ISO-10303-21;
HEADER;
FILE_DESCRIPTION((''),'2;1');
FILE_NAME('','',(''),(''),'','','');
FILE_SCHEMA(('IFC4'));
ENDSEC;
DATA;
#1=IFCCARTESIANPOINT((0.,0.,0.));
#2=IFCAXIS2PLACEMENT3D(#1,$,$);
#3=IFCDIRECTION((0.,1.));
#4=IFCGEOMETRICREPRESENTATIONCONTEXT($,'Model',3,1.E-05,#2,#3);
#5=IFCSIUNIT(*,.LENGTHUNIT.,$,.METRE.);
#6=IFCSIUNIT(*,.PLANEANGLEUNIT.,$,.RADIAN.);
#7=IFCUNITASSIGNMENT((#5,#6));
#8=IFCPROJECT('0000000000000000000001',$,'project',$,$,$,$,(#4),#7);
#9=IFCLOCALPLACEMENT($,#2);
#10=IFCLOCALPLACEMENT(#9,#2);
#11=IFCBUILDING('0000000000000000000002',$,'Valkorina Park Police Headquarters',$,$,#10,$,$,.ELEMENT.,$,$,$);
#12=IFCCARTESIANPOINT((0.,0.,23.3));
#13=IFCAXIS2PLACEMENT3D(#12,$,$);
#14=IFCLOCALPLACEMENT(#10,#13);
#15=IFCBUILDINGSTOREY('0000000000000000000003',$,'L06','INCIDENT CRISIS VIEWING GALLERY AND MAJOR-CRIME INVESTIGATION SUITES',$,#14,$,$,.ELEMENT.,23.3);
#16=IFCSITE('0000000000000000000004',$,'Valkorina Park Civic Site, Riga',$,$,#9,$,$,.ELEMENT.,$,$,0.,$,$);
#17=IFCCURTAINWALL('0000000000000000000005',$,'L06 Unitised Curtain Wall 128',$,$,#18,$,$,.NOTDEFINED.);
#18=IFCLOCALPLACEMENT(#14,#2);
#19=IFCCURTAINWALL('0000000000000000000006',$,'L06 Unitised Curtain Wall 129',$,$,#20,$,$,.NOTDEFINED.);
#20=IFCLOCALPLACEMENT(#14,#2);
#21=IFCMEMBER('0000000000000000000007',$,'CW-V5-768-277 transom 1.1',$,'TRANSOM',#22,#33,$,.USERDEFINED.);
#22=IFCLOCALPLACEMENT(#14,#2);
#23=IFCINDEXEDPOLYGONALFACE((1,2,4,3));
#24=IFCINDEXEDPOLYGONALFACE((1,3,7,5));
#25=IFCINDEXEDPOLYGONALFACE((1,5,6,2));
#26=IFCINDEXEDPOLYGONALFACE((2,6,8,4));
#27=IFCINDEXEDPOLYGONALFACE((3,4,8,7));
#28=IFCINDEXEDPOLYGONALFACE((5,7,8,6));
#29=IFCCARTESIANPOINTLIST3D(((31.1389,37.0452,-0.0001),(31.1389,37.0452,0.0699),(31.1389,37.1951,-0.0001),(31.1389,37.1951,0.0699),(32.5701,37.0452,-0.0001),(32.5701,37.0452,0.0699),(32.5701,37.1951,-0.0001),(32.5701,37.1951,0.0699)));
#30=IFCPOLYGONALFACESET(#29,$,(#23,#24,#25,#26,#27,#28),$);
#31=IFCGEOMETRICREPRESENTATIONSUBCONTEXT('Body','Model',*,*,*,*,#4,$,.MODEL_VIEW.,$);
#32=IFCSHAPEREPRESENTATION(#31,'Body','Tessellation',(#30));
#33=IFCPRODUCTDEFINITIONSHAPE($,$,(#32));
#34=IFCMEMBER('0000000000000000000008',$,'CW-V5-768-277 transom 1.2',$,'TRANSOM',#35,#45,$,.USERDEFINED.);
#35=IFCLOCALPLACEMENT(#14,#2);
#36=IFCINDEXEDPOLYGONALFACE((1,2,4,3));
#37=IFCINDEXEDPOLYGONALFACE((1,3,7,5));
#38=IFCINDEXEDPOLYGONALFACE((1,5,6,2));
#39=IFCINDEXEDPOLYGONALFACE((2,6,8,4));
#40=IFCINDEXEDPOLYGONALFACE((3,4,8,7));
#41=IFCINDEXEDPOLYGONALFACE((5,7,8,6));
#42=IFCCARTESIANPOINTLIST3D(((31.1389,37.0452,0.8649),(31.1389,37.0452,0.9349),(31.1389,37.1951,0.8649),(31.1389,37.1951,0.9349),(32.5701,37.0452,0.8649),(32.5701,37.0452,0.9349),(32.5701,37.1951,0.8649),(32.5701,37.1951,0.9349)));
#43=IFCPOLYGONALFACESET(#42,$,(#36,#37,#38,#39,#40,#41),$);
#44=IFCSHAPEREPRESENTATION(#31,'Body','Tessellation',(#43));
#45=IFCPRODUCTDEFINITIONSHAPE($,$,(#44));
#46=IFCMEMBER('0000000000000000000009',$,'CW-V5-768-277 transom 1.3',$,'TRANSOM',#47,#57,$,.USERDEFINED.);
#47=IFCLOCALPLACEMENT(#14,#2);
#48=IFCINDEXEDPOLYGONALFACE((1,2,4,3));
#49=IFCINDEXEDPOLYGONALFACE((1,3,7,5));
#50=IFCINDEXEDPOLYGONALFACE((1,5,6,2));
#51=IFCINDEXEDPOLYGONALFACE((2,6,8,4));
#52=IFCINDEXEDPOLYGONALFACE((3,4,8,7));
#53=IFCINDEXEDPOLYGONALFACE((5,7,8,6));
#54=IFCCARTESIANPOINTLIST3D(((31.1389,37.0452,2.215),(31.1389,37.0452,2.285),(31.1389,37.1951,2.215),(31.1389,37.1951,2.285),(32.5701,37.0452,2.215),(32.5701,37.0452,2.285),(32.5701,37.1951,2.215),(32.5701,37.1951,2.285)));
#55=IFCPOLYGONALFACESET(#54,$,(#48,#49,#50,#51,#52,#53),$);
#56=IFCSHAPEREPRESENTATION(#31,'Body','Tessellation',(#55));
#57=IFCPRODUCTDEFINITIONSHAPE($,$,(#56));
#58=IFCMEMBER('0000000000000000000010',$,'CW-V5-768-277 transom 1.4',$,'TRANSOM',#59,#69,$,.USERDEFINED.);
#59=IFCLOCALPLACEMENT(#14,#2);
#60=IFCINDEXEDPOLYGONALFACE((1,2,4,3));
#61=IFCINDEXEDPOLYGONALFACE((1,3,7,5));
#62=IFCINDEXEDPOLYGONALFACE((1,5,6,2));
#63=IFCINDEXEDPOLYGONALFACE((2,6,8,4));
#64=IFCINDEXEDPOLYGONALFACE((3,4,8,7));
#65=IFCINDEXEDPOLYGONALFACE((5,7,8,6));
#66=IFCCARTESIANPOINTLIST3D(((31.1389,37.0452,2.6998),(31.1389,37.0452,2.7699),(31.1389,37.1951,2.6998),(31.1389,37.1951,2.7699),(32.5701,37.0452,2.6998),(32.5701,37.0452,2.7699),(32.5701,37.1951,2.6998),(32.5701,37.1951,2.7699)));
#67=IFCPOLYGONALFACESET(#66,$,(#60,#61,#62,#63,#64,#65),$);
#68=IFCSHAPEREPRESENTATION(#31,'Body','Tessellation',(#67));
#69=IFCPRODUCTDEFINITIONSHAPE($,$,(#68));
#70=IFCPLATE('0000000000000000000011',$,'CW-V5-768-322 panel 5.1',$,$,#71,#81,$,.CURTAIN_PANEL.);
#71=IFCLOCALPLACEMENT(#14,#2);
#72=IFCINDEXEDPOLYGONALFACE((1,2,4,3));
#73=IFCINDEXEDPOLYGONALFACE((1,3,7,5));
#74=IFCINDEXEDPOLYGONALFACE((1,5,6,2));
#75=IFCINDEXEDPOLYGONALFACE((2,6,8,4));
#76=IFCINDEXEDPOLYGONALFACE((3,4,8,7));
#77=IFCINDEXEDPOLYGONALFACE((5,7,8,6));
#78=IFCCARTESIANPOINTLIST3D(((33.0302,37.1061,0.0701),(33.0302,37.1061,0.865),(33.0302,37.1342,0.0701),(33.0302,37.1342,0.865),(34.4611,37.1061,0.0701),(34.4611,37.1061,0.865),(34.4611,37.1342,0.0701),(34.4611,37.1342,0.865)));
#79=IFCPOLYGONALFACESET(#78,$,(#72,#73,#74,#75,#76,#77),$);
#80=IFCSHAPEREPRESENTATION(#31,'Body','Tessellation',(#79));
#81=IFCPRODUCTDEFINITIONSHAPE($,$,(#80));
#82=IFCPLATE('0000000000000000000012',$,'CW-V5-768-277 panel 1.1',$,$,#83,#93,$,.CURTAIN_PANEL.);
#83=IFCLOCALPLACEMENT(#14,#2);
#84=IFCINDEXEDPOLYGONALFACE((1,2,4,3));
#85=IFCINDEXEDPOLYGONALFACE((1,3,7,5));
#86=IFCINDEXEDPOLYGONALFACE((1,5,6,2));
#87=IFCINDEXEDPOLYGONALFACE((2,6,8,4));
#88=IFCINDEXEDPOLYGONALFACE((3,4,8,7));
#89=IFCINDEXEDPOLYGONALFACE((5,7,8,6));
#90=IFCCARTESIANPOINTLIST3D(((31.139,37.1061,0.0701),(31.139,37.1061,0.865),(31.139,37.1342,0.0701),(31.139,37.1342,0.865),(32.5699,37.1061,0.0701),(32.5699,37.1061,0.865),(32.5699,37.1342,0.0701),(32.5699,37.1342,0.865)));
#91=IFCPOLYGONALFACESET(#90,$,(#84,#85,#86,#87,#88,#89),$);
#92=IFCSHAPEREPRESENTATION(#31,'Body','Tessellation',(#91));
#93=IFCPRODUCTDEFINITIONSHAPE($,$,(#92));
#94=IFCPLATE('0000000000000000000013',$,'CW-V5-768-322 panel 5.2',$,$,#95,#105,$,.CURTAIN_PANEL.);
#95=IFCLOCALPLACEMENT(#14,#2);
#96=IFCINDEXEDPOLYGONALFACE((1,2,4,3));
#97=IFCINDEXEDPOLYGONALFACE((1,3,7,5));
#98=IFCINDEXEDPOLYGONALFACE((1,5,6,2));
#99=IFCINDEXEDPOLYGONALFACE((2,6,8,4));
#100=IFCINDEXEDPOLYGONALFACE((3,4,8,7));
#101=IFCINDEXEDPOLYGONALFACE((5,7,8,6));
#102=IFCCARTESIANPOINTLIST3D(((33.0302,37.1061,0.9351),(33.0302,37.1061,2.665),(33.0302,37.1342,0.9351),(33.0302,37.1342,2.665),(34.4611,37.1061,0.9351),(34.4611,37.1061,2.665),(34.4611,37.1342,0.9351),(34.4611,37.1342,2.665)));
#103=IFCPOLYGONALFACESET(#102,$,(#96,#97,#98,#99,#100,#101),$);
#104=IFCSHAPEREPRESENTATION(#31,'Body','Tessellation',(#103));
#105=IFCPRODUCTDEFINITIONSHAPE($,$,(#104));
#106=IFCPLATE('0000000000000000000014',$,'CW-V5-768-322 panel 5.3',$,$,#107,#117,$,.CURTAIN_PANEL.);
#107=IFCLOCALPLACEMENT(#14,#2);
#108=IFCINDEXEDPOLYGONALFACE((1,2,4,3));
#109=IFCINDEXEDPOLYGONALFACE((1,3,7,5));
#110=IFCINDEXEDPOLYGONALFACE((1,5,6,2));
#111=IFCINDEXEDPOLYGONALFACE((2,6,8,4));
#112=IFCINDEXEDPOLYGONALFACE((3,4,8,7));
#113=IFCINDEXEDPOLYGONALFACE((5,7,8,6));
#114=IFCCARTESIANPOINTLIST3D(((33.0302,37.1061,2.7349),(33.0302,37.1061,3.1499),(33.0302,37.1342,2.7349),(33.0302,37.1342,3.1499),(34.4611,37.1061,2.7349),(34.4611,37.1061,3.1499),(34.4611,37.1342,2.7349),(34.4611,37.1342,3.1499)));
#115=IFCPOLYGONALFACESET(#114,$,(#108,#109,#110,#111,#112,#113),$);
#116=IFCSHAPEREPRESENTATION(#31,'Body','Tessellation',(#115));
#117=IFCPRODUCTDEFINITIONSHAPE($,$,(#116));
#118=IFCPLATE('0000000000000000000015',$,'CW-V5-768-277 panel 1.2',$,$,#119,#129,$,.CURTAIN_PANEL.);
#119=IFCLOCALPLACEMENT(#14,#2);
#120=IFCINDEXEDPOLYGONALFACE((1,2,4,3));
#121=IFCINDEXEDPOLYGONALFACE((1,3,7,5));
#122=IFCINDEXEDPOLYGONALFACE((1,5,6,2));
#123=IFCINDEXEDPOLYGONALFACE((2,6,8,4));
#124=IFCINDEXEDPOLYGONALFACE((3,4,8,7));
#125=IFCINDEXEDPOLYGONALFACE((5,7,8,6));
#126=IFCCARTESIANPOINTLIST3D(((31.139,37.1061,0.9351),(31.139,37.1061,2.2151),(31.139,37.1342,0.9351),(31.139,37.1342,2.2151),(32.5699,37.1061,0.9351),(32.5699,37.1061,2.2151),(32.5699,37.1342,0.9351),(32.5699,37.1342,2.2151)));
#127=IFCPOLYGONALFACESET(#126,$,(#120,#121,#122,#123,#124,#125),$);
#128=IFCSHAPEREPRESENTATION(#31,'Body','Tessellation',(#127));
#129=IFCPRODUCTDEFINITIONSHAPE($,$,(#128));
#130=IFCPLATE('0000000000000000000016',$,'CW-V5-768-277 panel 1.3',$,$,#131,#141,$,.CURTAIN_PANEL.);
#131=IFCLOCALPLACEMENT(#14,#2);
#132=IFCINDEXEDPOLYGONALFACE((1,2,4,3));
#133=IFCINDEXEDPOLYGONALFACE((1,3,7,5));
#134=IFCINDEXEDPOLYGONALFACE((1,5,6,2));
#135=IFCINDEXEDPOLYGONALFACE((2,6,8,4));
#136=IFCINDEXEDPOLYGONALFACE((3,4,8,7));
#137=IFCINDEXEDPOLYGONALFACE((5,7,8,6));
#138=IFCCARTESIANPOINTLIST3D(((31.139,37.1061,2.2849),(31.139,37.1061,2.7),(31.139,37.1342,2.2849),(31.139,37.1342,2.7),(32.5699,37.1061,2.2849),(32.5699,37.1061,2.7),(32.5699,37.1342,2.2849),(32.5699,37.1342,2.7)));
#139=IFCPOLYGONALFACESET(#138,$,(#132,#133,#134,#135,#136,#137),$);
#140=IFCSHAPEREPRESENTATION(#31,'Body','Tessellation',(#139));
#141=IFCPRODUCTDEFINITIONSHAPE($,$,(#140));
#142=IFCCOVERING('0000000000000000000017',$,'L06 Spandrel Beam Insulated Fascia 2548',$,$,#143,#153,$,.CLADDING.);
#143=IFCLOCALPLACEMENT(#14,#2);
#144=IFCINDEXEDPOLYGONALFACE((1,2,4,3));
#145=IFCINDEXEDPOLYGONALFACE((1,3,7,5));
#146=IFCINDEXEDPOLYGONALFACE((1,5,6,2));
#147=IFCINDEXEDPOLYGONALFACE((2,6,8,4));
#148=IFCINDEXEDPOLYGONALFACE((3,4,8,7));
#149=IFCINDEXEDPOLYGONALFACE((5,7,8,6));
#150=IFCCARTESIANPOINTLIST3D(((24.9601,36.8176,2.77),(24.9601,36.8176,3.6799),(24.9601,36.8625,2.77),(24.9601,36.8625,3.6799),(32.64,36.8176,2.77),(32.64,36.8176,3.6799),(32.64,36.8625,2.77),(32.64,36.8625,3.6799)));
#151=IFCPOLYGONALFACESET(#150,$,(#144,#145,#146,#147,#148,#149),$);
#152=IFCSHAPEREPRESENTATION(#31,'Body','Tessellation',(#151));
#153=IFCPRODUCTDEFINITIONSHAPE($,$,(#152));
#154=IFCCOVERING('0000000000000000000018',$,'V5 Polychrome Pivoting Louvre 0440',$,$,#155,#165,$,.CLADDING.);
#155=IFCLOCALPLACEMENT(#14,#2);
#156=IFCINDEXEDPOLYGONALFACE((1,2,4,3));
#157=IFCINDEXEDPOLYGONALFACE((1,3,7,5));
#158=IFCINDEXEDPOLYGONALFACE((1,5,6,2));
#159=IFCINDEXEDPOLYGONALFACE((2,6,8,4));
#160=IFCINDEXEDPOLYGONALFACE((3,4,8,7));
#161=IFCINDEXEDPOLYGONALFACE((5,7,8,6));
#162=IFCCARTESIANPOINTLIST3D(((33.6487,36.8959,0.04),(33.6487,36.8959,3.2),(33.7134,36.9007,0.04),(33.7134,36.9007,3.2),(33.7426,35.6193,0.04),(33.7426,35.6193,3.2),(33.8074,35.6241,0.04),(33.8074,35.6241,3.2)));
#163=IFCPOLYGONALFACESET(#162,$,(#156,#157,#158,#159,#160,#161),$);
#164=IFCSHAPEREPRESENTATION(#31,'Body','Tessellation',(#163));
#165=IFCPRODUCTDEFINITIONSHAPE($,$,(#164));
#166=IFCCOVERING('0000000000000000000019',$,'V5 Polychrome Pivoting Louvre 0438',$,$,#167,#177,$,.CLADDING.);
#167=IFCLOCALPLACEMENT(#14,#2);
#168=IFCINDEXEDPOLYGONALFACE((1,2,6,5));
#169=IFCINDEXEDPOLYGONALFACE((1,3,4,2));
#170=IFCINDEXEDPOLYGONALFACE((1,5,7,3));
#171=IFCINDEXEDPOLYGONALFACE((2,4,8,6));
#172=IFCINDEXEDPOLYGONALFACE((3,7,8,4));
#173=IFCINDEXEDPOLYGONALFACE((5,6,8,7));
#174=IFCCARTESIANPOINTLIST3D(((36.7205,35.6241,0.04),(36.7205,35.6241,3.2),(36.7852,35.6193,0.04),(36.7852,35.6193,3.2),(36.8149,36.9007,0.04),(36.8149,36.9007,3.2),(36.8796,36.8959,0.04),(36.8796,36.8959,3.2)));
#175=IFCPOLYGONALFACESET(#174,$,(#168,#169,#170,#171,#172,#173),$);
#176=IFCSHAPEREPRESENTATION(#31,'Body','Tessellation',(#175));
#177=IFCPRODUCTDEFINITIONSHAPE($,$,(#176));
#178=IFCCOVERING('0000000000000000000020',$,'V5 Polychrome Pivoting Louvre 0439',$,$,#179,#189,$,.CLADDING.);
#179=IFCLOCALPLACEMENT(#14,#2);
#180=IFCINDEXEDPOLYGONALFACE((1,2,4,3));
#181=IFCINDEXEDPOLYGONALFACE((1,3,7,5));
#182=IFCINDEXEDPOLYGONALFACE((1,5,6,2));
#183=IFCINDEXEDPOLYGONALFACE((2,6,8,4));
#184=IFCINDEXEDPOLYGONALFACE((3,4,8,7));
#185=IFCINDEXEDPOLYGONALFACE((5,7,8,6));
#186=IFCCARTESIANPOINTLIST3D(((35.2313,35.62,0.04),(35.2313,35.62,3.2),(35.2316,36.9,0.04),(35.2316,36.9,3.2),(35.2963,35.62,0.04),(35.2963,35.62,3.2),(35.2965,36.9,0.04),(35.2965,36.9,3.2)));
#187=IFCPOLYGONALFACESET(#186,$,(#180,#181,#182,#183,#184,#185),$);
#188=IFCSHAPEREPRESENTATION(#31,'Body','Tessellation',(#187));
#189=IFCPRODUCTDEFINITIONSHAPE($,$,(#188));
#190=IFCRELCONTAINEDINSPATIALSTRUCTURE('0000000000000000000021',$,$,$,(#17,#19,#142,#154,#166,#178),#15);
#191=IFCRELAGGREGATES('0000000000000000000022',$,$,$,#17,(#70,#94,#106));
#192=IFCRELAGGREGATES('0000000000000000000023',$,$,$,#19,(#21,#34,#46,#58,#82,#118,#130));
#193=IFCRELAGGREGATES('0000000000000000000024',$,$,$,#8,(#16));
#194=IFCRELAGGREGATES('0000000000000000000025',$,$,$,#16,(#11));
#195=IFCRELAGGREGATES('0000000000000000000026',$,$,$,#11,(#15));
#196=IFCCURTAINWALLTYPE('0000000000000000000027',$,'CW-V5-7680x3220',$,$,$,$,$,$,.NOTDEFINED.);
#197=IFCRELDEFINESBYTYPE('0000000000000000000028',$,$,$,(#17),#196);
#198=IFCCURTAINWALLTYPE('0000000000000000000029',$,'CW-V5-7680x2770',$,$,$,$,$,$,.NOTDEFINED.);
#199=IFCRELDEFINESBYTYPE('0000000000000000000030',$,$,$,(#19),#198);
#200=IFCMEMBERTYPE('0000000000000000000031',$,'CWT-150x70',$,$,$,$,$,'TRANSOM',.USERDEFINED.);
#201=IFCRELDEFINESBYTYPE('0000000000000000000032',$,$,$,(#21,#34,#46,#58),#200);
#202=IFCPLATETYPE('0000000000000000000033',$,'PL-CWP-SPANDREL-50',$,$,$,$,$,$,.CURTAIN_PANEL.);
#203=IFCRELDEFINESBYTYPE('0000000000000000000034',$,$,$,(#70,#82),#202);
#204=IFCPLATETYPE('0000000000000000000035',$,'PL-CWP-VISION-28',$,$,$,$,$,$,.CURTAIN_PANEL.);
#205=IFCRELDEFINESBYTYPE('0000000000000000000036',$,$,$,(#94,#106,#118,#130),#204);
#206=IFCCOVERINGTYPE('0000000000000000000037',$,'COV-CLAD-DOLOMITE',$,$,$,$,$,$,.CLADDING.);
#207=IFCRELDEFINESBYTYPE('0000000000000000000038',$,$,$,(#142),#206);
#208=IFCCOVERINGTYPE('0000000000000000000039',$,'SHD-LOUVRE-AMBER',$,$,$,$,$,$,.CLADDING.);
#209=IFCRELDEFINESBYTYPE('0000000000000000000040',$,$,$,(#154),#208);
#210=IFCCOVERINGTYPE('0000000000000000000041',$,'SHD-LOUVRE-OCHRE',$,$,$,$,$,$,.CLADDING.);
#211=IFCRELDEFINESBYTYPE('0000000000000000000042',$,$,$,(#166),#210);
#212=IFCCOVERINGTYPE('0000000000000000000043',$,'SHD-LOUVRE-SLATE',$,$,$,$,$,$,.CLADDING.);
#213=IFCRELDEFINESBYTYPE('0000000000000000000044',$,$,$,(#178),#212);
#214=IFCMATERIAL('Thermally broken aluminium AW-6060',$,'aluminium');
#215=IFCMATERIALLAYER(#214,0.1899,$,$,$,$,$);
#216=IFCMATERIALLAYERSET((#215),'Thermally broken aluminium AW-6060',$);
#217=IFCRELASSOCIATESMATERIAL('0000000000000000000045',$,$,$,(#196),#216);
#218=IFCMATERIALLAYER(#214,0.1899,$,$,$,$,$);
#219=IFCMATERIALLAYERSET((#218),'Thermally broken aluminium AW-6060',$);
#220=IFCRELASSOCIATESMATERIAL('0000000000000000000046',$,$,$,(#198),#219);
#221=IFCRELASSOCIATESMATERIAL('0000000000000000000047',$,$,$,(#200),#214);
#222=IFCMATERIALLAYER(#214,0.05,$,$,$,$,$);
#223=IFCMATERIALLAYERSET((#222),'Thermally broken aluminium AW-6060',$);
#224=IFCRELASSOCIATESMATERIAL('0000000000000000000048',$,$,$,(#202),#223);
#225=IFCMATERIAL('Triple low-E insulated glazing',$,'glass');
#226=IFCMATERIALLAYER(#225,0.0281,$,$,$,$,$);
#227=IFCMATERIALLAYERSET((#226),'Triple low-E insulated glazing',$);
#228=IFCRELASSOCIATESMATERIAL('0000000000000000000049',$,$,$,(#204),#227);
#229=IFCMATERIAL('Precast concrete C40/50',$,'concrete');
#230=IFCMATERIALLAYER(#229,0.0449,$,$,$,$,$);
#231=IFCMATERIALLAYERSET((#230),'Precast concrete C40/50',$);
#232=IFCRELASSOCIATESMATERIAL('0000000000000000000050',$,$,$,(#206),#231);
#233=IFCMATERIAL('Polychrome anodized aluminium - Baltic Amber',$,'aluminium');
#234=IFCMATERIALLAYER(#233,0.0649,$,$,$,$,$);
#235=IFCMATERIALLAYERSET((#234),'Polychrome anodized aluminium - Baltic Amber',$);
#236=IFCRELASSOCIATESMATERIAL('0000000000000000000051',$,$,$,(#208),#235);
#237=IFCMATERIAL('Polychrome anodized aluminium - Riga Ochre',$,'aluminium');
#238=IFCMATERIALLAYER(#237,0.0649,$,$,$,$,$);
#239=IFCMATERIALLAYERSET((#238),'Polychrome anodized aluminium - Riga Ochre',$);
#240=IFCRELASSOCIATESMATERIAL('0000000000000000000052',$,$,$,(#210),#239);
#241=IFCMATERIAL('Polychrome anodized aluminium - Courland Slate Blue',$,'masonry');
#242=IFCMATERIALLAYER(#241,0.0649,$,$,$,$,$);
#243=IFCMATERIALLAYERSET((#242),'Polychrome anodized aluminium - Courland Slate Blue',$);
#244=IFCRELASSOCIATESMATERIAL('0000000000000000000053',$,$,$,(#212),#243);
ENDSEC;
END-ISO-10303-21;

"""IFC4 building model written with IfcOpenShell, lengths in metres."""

from ifc_helpers import new_model, si_unit, direction, frame, frame_2d, origin, origin_2d, place, context, subcontext, project, spatial, rectangle, extrude, material, layer, layer_set, material_profile, profile_set, type_object, element, aggregate, save


model = new_model("IFC4")

# Units and contexts
model_context = context("Model", 3, precision=1e-05, world=origin(), true_north=direction((0.0, 1.0)))
body_context = subcontext(model_context, "Body", "Model", "MODEL_VIEW")
ifc_project = project(units=[si_unit("LENGTHUNIT", "METRE"), si_unit("PLANEANGLEUNIT", "RADIAN")], contexts=[model_context])

# Site, building, storey
site_placement = place(None, origin())
site = spatial("IfcSite", under=ifc_project, at=site_placement, Name="Valkorina Park Civic Site, Riga", CompositionType="ELEMENT", RefElevation=0.0)
building_placement = place(site_placement, origin())
building = spatial("IfcBuilding", under=site, at=building_placement, Name="Valkorina Park Police Headquarters", CompositionType="ELEMENT")
storey_placement = place(building_placement, frame((0.0, 0.0, 23.3)))
storey = spatial("IfcBuildingStorey", under=building, at=storey_placement, Name="L06", Description="INCIDENT CRISIS VIEWING GALLERY AND MAJOR-CRIME INVESTIGATION SUITES", CompositionType="ELEMENT", Elevation=23.3)

# Curtain wall
ifc_material_1 = material(Name="Thermally broken aluminium AW-6060", Category="aluminium")
ifc_layer_1 = layer(ifc_material_1, 0.1899)
ifc_layer_set_1 = layer_set([ifc_layer_1], Name="Thermally broken aluminium AW-6060")
curtain_wall_type_1 = type_object("IfcCurtainWallType", Name="CW-V5-7680x3220", PredefinedType="NOTDEFINED", material=ifc_layer_set_1)
curtain_wall_1_placement = place(storey_placement, origin())
curtain_wall_1 = element("IfcCurtainWall", 1, at=curtain_wall_1_placement, inside=storey, type_object=curtain_wall_type_1, Name="L06 Unitised Curtain Wall 128", PredefinedType="NOTDEFINED")

# Curtain wall
ifc_layer_2 = layer(ifc_material_1, 0.1899)
ifc_layer_set_2 = layer_set([ifc_layer_2], Name="Thermally broken aluminium AW-6060")
curtain_wall_type_2 = type_object("IfcCurtainWallType", Name="CW-V5-7680x2770", PredefinedType="NOTDEFINED", material=ifc_layer_set_2)
curtain_wall_2_placement = place(storey_placement, origin())
curtain_wall_2 = element("IfcCurtainWall", 2, at=curtain_wall_2_placement, inside=storey, type_object=curtain_wall_type_2, Name="L06 Unitised Curtain Wall 129", PredefinedType="NOTDEFINED")

# Members
ifc_material_profile_1 = material_profile(ifc_material_1, rectangle(XDim=0.1499, YDim=0.0701, at=origin_2d()), Name="CWT-02 150x70")
ifc_profile_set_1 = profile_set([ifc_material_profile_1], Name="Thermally broken aluminium AW-6060")
member_type_1 = type_object("IfcMemberType", Name="CWT-150x70", ElementType="TRANSOM", PredefinedType="USERDEFINED", material=ifc_profile_set_1)
member_1_placement = place(storey_placement, frame((32.5701, 37.1201, 0.0349), z_axis=(-1.0, 0.0, 0.0), x_axis=(0.0, -1.0, 0.0)))
member_1 = element("IfcMember", 3, at=member_1_placement, type_object=member_type_1, Name="CW-V5-768-277 transom 1.1", ObjectType="TRANSOM", PredefinedType="USERDEFINED", context=body_context, shape_type="SweptSolid", body=[
    extrude(rectangle(XDim=0.1499, YDim=0.0701, at=origin_2d()), origin(), (0.0, 0.0, 1.0), 1.4312),
])
member_2_placement = place(storey_placement, frame((32.5701, 37.1201, 0.8999), z_axis=(-1.0, 0.0, 0.0), x_axis=(0.0, -1.0, 0.0)))
member_2 = element("IfcMember", 4, at=member_2_placement, type_object=member_type_1, Name="CW-V5-768-277 transom 1.2", ObjectType="TRANSOM", PredefinedType="USERDEFINED", context=body_context, shape_type="SweptSolid", body=[
    extrude(rectangle(XDim=0.1499, YDim=0.0701, at=origin_2d()), origin(), (0.0, 0.0, 1.0), 1.4312),
])
member_3_placement = place(storey_placement, frame((32.5701, 37.1201, 2.25), z_axis=(-1.0, 0.0, 0.0), x_axis=(0.0, -1.0, 0.0)))
member_3 = element("IfcMember", 5, at=member_3_placement, type_object=member_type_1, Name="CW-V5-768-277 transom 1.3", ObjectType="TRANSOM", PredefinedType="USERDEFINED", context=body_context, shape_type="SweptSolid", body=[
    extrude(rectangle(XDim=0.1499, YDim=0.0701, at=origin_2d()), origin(), (0.0, 0.0, 1.0), 1.4312),
])
member_4_placement = place(storey_placement, frame((32.5701, 37.1201, 2.7349), z_axis=(-1.0, 0.0, 0.0), x_axis=(0.0, -1.0, 0.0)))
member_4 = element("IfcMember", 6, at=member_4_placement, type_object=member_type_1, Name="CW-V5-768-277 transom 1.4", ObjectType="TRANSOM", PredefinedType="USERDEFINED", context=body_context, shape_type="SweptSolid", body=[
    extrude(rectangle(XDim=0.1499, YDim=0.0701, at=origin_2d()), origin(), (0.0, 0.0, 1.0), 1.4312),
])

# Plates
ifc_layer_3 = layer(ifc_material_1, 0.05)
ifc_layer_set_3 = layer_set([ifc_layer_3], Name="Thermally broken aluminium AW-6060")
plate_type_1 = type_object("IfcPlateType", Name="PL-CWP-SPANDREL-50", PredefinedType="CURTAIN_PANEL", material=ifc_layer_set_3)
plate_1_placement = place(storey_placement, frame((33.7456, 37.1201, 0.0701), z_axis=(0.0, 0.0, 1.0), x_axis=(-1.0, 0.0, 0.0)))
plate_1 = element("IfcPlate", 7, at=plate_1_placement, type_object=plate_type_1, Name="CW-V5-768-322 panel 5.1", PredefinedType="CURTAIN_PANEL", context=body_context, shape_type="SweptSolid", body=[
    extrude(rectangle(XDim=1.4309, YDim=0.0281, at=origin_2d()), origin(), (0.0, 0.0, 1.0), 0.7949),
])
plate_2_placement = place(storey_placement, frame((31.8545, 37.1201, 0.0701), z_axis=(0.0, 0.0, 1.0), x_axis=(-1.0, 0.0, 0.0)))
plate_2 = element("IfcPlate", 8, at=plate_2_placement, type_object=plate_type_1, Name="CW-V5-768-277 panel 1.1", PredefinedType="CURTAIN_PANEL", context=body_context, shape_type="SweptSolid", body=[
    extrude(rectangle(XDim=1.4309, YDim=0.0281, at=origin_2d()), origin(), (0.0, 0.0, 1.0), 0.7949),
])
ifc_material_2 = material(Name="Triple low-E insulated glazing", Category="glass")
ifc_layer_4 = layer(ifc_material_2, 0.0281)
ifc_layer_set_4 = layer_set([ifc_layer_4], Name="Triple low-E insulated glazing")
plate_type_2 = type_object("IfcPlateType", Name="PL-CWP-VISION-28", PredefinedType="CURTAIN_PANEL", material=ifc_layer_set_4)
plate_3_placement = place(storey_placement, frame((33.7456, 37.1201, 0.9351), z_axis=(0.0, 0.0, 1.0), x_axis=(-1.0, 0.0, 0.0)))
plate_3 = element("IfcPlate", 9, at=plate_3_placement, type_object=plate_type_2, Name="CW-V5-768-322 panel 5.2", PredefinedType="CURTAIN_PANEL", context=body_context, shape_type="SweptSolid", body=[
    extrude(rectangle(XDim=1.4309, YDim=0.0281, at=origin_2d()), origin(), (0.0, 0.0, 1.0), 1.73),
])
plate_4_placement = place(storey_placement, frame((33.7456, 37.1201, 2.7349), z_axis=(0.0, 0.0, 1.0), x_axis=(-1.0, 0.0, 0.0)))
plate_4 = element("IfcPlate", 10, at=plate_4_placement, type_object=plate_type_2, Name="CW-V5-768-322 panel 5.3", PredefinedType="CURTAIN_PANEL", context=body_context, shape_type="SweptSolid", body=[
    extrude(rectangle(XDim=1.4309, YDim=0.0281, at=origin_2d()), origin(), (0.0, 0.0, 1.0), 0.415),
])
aggregate(curtain_wall_1, [plate_1, plate_3, plate_4])
plate_5_placement = place(storey_placement, frame((31.8545, 37.1201, 0.9351), z_axis=(0.0, 0.0, 1.0), x_axis=(-1.0, 0.0, 0.0)))
plate_5 = element("IfcPlate", 11, at=plate_5_placement, type_object=plate_type_2, Name="CW-V5-768-277 panel 1.2", PredefinedType="CURTAIN_PANEL", context=body_context, shape_type="SweptSolid", body=[
    extrude(rectangle(XDim=1.4309, YDim=0.0281, at=origin_2d()), origin(), (0.0, 0.0, 1.0), 1.28),
])
plate_6_placement = place(storey_placement, frame((31.8545, 37.1201, 2.2849), z_axis=(0.0, 0.0, 1.0), x_axis=(-1.0, 0.0, 0.0)))
plate_6 = element("IfcPlate", 12, at=plate_6_placement, type_object=plate_type_2, Name="CW-V5-768-277 panel 1.3", PredefinedType="CURTAIN_PANEL", context=body_context, shape_type="SweptSolid", body=[
    extrude(rectangle(XDim=1.4309, YDim=0.0281, at=origin_2d()), origin(), (0.0, 0.0, 1.0), 0.415),
])
aggregate(curtain_wall_2, [member_1, member_2, member_3, member_4, plate_2, plate_5, plate_6])

# Coverings
ifc_material_3 = material(Name="Precast concrete C40/50", Category="concrete")
ifc_layer_5 = layer(ifc_material_3, 0.0449)
ifc_layer_set_5 = layer_set([ifc_layer_5], Name="Precast concrete C40/50")
covering_type_1 = type_object("IfcCoveringType", Name="COV-CLAD-DOLOMITE", PredefinedType="CLADDING", material=ifc_layer_set_5)
covering_1_placement = place(storey_placement, frame((32.6399, 36.8401, 2.77), z_axis=(0.0, 0.0, 1.0), x_axis=(-1.0, 0.0, 0.0)))
element("IfcCovering", 13, at=covering_1_placement, inside=storey, type_object=covering_type_1, Name="L06 Spandrel Beam Insulated Fascia 2548", PredefinedType="CLADDING", context=body_context, shape_type="SweptSolid", body=[
    extrude(rectangle(XDim=7.6799, YDim=0.0449, at=frame_2d((3.8398, 0.0))), origin(), (0.0, 0.0, 1.0), 0.9099),
])
ifc_material_4 = material(Name="Polychrome anodized aluminium - Baltic Amber", Category="aluminium")
ifc_layer_6 = layer(ifc_material_4, 0.0649)
ifc_layer_set_6 = layer_set([ifc_layer_6], Name="Polychrome anodized aluminium - Baltic Amber")
covering_type_2 = type_object("IfcCoveringType", Name="SHD-LOUVRE-AMBER", PredefinedType="CLADDING", material=ifc_layer_set_6)
covering_2_placement = place(storey_placement, frame((33.728, 36.26, 0.04), z_axis=(0.0, 0.0, 1.0), x_axis=(0.073412, -0.997302, 0.0)))
element("IfcCovering", 14, at=covering_2_placement, inside=storey, type_object=covering_type_2, Name="V5 Polychrome Pivoting Louvre 0440", PredefinedType="CLADDING", context=body_context, shape_type="SweptSolid", body=[
    extrude(rectangle(XDim=1.28, YDim=0.0649, at=origin_2d()), origin(), (0.0, 0.0, 1.0), 3.1599),
])
ifc_material_5 = material(Name="Polychrome anodized aluminium - Riga Ochre", Category="aluminium")
ifc_layer_7 = layer(ifc_material_5, 0.0649)
ifc_layer_set_7 = layer_set([ifc_layer_7], Name="Polychrome anodized aluminium - Riga Ochre")
covering_type_3 = type_object("IfcCoveringType", Name="SHD-LOUVRE-OCHRE", PredefinedType="CLADDING", material=ifc_layer_set_7)
covering_3_placement = place(storey_placement, frame((36.8, 36.26, 0.04), z_axis=(0.0, 0.0, 1.0), x_axis=(-0.07376, -0.997276, 0.0)))
element("IfcCovering", 15, at=covering_3_placement, inside=storey, type_object=covering_type_3, Name="V5 Polychrome Pivoting Louvre 0438", PredefinedType="CLADDING", context=body_context, shape_type="SweptSolid", body=[
    extrude(rectangle(XDim=1.28, YDim=0.0649, at=origin_2d()), origin(), (0.0, 0.0, 1.0), 3.1599),
])
ifc_material_6 = material(Name="Polychrome anodized aluminium - Courland Slate Blue", Category="masonry")
ifc_layer_8 = layer(ifc_material_6, 0.0649)
ifc_layer_set_8 = layer_set([ifc_layer_8], Name="Polychrome anodized aluminium - Courland Slate Blue")
covering_type_4 = type_object("IfcCoveringType", Name="SHD-LOUVRE-SLATE", PredefinedType="CLADDING", material=ifc_layer_set_8)
covering_4_placement = place(storey_placement, frame((35.2639, 36.26, 0.04), z_axis=(0.0, 0.0, 1.0), x_axis=(-0.000175, -1.0, 0.0)))
element("IfcCovering", 16, at=covering_4_placement, inside=storey, type_object=covering_type_4, Name="V5 Polychrome Pivoting Louvre 0439", PredefinedType="CLADDING", context=body_context, shape_type="SweptSolid", body=[
    extrude(rectangle(XDim=1.28, YDim=0.0649, at=origin_2d()), origin(), (0.0, 0.0, 1.0), 3.1599),
])

save(model, "model.ifc")
